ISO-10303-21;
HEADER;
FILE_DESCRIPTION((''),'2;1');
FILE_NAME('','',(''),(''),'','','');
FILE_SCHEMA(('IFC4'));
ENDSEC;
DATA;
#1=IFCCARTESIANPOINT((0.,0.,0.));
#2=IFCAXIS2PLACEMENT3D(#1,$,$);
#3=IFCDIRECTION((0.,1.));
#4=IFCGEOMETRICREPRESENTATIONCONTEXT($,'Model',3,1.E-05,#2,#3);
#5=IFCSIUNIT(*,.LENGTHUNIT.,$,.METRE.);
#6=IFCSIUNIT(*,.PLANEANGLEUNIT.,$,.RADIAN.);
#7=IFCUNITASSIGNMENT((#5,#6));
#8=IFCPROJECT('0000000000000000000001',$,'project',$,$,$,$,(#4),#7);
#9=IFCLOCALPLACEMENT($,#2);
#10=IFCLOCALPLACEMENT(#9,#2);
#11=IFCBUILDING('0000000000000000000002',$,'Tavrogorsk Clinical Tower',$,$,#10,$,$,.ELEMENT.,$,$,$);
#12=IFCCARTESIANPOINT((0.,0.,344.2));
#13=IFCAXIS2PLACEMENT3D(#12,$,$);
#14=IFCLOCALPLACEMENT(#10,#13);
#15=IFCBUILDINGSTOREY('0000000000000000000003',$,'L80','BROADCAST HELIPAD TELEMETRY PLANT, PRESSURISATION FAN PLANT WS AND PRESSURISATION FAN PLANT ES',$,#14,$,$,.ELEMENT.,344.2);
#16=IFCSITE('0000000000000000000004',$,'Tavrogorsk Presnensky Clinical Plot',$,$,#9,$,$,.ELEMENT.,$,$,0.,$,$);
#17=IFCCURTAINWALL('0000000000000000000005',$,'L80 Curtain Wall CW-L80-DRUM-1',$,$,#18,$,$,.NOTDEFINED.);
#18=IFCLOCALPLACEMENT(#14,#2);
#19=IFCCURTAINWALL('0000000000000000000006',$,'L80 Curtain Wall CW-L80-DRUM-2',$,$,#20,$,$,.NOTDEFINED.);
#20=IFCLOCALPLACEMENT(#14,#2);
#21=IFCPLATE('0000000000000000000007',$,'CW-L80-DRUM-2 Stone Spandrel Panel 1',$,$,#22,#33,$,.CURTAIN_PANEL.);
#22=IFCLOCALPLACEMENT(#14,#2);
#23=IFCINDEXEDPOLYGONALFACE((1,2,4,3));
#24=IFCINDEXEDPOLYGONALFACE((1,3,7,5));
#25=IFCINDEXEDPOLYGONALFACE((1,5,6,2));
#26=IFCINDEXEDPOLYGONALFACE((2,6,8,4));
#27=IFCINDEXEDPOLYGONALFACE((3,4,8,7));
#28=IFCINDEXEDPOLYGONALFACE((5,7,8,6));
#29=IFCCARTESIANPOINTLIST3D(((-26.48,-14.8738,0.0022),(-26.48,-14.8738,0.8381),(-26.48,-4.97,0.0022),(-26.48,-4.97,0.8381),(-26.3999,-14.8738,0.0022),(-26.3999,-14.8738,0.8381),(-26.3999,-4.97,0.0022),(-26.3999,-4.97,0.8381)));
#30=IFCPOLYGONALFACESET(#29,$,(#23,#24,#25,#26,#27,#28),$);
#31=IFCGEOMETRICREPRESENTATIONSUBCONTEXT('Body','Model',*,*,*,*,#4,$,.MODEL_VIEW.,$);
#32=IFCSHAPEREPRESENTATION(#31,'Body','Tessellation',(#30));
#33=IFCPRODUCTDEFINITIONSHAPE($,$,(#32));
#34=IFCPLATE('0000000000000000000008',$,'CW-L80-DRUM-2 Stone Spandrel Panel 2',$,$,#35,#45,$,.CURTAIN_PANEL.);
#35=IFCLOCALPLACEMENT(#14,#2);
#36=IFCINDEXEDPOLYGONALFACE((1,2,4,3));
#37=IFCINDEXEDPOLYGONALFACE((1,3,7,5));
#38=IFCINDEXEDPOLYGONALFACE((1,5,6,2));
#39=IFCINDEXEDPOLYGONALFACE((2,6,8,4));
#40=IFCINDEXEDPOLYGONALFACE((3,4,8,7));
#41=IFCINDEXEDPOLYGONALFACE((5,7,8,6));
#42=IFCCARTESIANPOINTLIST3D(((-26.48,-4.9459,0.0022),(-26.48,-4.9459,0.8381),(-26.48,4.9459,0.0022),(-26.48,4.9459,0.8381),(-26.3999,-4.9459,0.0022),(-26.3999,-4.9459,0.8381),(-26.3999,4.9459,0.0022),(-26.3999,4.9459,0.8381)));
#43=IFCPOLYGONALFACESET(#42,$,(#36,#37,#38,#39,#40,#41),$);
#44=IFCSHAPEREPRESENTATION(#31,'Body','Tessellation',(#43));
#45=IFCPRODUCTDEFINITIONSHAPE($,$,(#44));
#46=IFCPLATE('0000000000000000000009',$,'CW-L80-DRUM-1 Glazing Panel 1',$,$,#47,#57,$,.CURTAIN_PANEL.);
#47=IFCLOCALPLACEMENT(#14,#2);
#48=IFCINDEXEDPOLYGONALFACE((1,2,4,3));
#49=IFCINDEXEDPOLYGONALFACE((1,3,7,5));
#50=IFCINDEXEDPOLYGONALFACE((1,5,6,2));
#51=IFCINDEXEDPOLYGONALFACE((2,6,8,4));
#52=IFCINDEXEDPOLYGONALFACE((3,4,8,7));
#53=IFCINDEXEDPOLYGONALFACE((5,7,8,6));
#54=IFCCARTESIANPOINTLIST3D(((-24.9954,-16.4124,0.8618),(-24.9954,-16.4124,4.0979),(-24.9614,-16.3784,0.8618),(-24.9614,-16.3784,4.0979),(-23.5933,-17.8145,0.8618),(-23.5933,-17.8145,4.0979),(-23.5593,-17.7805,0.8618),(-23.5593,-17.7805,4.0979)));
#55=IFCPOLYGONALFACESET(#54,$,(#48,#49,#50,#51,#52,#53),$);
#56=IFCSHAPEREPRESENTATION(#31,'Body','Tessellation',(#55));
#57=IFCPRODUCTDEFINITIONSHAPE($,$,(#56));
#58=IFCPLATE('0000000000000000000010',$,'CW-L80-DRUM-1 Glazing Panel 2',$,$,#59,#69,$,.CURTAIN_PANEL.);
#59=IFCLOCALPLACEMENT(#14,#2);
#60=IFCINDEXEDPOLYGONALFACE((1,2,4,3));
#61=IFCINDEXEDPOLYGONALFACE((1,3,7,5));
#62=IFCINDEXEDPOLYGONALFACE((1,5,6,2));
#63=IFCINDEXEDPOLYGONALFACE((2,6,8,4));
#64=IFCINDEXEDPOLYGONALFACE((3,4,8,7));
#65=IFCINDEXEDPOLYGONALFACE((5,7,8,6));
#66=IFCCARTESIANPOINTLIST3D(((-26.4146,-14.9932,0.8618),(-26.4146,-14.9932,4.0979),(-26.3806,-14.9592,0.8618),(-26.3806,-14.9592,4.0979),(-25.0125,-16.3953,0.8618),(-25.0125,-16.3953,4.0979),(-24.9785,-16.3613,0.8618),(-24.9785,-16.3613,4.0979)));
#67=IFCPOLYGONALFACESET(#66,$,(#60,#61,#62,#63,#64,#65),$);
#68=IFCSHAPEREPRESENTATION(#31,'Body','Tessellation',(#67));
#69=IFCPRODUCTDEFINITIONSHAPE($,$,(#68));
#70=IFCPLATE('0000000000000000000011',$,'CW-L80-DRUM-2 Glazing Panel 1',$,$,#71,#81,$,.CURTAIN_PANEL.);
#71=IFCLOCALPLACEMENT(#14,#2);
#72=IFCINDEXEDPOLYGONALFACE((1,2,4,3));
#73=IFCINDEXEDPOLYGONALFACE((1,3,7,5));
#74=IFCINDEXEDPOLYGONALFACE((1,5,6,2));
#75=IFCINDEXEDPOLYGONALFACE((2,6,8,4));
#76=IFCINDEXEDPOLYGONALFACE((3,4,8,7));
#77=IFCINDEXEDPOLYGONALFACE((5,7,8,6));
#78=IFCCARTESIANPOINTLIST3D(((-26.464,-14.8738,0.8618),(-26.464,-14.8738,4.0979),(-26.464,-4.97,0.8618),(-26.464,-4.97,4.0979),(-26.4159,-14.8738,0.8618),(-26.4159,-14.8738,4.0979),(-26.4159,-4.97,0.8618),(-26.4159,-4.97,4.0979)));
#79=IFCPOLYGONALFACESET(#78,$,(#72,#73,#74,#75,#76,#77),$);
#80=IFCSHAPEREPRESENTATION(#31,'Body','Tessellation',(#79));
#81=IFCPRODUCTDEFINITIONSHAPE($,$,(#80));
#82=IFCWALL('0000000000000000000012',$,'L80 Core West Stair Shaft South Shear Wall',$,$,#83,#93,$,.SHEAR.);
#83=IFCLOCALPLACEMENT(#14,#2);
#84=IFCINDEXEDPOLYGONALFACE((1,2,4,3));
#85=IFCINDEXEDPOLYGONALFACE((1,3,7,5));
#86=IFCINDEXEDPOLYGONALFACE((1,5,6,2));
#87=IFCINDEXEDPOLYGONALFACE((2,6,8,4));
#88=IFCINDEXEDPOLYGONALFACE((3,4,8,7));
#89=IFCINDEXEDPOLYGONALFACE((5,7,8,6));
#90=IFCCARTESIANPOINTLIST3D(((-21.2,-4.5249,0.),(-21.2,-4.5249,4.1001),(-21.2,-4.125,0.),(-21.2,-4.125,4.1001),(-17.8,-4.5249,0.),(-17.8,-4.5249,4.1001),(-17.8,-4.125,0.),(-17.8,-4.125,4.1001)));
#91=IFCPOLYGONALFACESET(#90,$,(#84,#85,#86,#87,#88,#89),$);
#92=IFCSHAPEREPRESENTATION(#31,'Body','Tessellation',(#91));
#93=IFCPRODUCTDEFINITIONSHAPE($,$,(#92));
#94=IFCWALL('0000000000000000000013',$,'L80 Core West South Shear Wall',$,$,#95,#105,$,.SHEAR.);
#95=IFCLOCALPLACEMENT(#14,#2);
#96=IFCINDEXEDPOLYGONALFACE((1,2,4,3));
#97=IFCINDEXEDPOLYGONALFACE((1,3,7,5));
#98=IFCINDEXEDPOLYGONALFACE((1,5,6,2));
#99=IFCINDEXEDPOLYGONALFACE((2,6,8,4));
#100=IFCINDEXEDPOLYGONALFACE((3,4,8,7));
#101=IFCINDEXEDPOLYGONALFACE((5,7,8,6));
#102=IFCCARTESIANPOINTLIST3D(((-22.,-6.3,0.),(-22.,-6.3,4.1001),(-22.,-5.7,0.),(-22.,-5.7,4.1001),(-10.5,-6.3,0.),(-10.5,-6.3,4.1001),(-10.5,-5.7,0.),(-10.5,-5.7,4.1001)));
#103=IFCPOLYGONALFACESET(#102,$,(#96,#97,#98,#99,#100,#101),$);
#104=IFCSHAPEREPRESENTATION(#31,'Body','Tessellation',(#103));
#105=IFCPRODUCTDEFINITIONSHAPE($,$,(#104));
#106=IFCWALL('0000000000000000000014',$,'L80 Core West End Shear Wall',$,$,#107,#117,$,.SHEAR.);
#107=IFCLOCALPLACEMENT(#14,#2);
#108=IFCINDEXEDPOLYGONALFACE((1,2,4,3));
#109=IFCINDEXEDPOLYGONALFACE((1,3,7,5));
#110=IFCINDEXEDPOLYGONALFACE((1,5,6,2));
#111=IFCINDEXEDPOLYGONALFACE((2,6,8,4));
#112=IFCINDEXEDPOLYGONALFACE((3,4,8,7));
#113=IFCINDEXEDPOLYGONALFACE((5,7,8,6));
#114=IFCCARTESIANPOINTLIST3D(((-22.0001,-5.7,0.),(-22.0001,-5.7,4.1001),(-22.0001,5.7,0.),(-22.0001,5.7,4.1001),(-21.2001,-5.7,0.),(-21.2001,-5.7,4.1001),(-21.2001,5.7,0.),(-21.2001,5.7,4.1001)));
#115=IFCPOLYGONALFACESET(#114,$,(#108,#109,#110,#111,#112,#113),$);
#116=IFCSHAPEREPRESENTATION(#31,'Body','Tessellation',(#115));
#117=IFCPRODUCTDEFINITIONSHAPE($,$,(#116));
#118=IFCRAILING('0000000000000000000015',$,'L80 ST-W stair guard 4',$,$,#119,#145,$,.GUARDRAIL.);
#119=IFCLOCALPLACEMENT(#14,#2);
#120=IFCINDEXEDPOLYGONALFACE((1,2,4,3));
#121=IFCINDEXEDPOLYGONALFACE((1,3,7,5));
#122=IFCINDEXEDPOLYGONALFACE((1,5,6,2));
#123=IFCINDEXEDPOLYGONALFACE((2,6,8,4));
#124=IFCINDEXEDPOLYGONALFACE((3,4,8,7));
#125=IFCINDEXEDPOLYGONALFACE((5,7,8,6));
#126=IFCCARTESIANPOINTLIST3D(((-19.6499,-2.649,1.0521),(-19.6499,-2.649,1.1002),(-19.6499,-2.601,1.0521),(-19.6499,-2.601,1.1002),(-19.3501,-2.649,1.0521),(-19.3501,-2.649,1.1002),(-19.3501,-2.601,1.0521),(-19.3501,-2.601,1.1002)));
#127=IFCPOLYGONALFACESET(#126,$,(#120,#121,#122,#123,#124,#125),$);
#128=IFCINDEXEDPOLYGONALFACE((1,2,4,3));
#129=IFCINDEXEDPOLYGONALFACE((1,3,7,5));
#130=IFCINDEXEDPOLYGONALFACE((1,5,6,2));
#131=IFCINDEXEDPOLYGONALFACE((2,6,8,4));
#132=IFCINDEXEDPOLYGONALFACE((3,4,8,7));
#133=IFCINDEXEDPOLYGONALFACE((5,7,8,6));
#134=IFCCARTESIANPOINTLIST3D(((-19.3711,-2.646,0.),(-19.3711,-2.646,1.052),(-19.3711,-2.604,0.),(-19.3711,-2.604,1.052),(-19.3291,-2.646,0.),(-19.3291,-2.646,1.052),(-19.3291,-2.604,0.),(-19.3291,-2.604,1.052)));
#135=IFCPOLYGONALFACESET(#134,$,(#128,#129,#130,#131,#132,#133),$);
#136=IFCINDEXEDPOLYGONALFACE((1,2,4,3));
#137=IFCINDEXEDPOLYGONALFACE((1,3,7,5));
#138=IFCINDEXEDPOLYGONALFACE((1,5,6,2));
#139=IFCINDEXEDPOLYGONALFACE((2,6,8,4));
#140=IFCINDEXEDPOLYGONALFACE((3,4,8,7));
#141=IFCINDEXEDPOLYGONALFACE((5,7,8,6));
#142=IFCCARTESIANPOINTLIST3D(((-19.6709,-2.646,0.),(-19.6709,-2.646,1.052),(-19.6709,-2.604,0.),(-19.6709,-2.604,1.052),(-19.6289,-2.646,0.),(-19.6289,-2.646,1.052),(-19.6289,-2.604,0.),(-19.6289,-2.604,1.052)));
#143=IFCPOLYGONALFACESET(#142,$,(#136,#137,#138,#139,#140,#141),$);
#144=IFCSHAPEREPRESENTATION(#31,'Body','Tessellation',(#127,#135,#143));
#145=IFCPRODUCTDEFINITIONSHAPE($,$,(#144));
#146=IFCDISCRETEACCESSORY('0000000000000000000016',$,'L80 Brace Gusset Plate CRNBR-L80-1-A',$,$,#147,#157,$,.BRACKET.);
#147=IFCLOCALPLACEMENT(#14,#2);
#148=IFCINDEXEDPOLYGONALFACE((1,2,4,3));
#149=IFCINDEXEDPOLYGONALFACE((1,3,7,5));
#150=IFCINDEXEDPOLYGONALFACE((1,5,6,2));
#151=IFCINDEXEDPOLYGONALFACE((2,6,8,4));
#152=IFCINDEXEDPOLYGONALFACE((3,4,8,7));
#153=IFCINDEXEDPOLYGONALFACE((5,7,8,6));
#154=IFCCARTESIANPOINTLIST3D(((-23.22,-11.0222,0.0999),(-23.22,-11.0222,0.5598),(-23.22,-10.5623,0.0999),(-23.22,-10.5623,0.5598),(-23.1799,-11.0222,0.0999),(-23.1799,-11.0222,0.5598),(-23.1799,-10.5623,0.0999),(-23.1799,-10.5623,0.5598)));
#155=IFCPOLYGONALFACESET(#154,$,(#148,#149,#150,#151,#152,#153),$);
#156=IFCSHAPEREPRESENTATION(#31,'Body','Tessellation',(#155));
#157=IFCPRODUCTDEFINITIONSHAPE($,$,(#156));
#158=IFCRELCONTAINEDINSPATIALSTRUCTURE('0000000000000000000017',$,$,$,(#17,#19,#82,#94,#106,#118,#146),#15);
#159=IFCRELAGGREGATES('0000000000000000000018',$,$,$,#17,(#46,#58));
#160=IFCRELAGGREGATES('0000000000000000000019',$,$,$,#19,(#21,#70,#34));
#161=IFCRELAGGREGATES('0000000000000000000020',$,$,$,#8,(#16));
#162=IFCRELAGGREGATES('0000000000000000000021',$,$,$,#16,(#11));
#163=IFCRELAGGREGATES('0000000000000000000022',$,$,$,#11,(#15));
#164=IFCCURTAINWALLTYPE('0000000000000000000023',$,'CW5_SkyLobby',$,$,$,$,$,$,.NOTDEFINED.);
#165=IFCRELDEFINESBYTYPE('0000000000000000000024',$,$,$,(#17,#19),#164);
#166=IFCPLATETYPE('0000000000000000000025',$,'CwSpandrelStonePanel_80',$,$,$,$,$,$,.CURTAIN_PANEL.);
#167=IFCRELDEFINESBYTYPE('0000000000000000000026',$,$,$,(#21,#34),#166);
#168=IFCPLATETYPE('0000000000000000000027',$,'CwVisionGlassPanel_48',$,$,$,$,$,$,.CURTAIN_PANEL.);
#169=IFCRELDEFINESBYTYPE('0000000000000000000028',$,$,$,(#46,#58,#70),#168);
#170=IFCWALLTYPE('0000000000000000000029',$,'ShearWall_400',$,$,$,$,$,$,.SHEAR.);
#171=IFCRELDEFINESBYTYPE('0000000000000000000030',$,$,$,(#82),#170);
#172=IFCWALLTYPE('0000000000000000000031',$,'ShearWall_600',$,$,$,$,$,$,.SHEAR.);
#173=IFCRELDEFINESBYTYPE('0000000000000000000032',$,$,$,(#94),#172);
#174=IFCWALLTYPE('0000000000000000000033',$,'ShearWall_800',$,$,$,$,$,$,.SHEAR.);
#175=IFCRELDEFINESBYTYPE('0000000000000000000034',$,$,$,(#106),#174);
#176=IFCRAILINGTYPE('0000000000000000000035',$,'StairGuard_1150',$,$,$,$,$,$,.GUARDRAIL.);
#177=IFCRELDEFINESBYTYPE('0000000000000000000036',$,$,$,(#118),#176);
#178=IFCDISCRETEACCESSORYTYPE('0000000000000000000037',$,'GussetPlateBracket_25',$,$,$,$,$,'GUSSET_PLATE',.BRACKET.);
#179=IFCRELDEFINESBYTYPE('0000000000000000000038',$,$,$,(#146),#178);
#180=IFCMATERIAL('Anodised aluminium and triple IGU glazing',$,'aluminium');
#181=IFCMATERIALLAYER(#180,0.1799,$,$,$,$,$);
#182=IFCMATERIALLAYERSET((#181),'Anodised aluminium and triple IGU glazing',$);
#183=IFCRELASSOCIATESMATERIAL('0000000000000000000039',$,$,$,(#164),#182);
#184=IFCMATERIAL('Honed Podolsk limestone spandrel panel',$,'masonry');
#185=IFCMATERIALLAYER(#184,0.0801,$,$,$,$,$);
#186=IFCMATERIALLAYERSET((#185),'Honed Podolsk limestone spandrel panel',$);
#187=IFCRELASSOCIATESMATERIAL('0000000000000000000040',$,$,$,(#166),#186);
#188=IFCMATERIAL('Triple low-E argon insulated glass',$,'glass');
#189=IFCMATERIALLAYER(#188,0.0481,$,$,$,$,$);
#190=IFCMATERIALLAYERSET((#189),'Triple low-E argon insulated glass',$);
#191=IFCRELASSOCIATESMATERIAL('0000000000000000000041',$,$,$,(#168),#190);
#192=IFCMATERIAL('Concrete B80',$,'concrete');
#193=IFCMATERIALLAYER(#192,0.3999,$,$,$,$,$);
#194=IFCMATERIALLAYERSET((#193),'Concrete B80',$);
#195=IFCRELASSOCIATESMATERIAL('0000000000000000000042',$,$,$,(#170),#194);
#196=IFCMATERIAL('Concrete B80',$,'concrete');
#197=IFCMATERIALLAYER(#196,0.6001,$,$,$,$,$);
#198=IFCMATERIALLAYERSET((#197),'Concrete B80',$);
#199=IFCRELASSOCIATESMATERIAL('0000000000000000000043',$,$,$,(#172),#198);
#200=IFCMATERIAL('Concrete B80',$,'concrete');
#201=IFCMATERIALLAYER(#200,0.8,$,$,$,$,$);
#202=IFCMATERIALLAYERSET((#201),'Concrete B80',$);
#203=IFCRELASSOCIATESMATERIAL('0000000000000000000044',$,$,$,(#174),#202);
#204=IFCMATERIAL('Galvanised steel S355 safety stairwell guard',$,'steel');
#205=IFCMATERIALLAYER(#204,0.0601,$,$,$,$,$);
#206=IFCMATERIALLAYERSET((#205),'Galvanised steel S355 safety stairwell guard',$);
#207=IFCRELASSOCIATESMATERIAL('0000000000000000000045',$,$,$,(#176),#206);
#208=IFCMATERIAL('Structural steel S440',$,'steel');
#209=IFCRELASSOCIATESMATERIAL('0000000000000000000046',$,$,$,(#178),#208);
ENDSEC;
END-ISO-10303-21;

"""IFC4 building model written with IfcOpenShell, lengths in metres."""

from ifc_helpers import new_model, si_unit, direction, frame, frame_2d, origin, origin_2d, place, context, subcontext, project, spatial, rectangle, extrude, material, layer, layer_set, type_object, element, aggregate, save


model = new_model("IFC4")

# Units and contexts
model_context = context("Model", 3, precision=1e-05, world=origin(), true_north=direction((0.0, 1.0)))
body_context = subcontext(model_context, "Body", "Model", "MODEL_VIEW")
ifc_project = project(units=[si_unit("LENGTHUNIT", "METRE"), si_unit("PLANEANGLEUNIT", "RADIAN")], contexts=[model_context])

# Site, building, storey
site_placement = place(None, origin())
site = spatial("IfcSite", under=ifc_project, at=site_placement, Name="Tavrogorsk Presnensky Clinical Plot", CompositionType="ELEMENT", RefElevation=0.0)
building_placement = place(site_placement, origin())
building = spatial("IfcBuilding", under=site, at=building_placement, Name="Tavrogorsk Clinical Tower", CompositionType="ELEMENT")
storey_placement = place(building_placement, frame((0.0, 0.0, 344.2)))
storey = spatial("IfcBuildingStorey", under=building, at=storey_placement, Name="L80", Description="BROADCAST HELIPAD TELEMETRY PLANT, PRESSURISATION FAN PLANT WS AND PRESSURISATION FAN PLANT ES", CompositionType="ELEMENT", Elevation=344.2)

# Curtain walls
ifc_material_1 = material(Name="Anodised aluminium and triple IGU glazing", Category="aluminium")
ifc_layer_1 = layer(ifc_material_1, 0.1799)
ifc_layer_set_1 = layer_set([ifc_layer_1], Name="Anodised aluminium and triple IGU glazing")
curtain_wall_type = type_object("IfcCurtainWallType", Name="CW5_SkyLobby", PredefinedType="NOTDEFINED", material=ifc_layer_set_1)
curtain_wall_1_placement = place(storey_placement, origin())
curtain_wall_1 = element("IfcCurtainWall", 1, at=curtain_wall_1_placement, inside=storey, type_object=curtain_wall_type, Name="L80 Curtain Wall CW-L80-DRUM-1", PredefinedType="NOTDEFINED")
curtain_wall_2_placement = place(storey_placement, origin())
curtain_wall_2 = element("IfcCurtainWall", 2, at=curtain_wall_2_placement, inside=storey, type_object=curtain_wall_type, Name="L80 Curtain Wall CW-L80-DRUM-2", PredefinedType="NOTDEFINED")

# Plates
ifc_material_2 = material(Name="Honed Podolsk limestone spandrel panel", Category="masonry")
ifc_layer_2 = layer(ifc_material_2, 0.0801)
ifc_layer_set_2 = layer_set([ifc_layer_2], Name="Honed Podolsk limestone spandrel panel")
plate_type_1 = type_object("IfcPlateType", Name="CwSpandrelStonePanel_80", PredefinedType="CURTAIN_PANEL", material=ifc_layer_set_2)
plate_1_placement = place(storey_placement, frame((-26.4399, -9.9219, 0.0022), z_axis=(0.0, 0.0, 1.0), x_axis=(0.0, 1.0, 0.0)))
plate_1 = element("IfcPlate", 3, at=plate_1_placement, type_object=plate_type_1, Name="CW-L80-DRUM-2 Stone Spandrel Panel 1", PredefinedType="CURTAIN_PANEL", context=body_context, shape_type="SweptSolid", body=[
    extrude(rectangle(XDim=9.9038, YDim=0.0801, at=origin_2d()), origin(), (0.0, 0.0, 1.0), 0.8359),
])
plate_2_placement = place(storey_placement, frame((-26.4399, 0.0, 0.0022), z_axis=(0.0, 0.0, 1.0), x_axis=(0.0, 1.0, 0.0)))
plate_2 = element("IfcPlate", 4, at=plate_2_placement, type_object=plate_type_1, Name="CW-L80-DRUM-2 Stone Spandrel Panel 2", PredefinedType="CURTAIN_PANEL", context=body_context, shape_type="SweptSolid", body=[
    extrude(rectangle(XDim=9.8918, YDim=0.0801, at=origin_2d()), origin(), (0.0, 0.0, 1.0), 0.8359),
])
ifc_material_3 = material(Name="Triple low-E argon insulated glass", Category="glass")
ifc_layer_3 = layer(ifc_material_3, 0.0481)
ifc_layer_set_3 = layer_set([ifc_layer_3], Name="Triple low-E argon insulated glass")
plate_type_2 = type_object("IfcPlateType", Name="CwVisionGlassPanel_48", PredefinedType="CURTAIN_PANEL", material=ifc_layer_set_3)
plate_3_placement = place(storey_placement, frame((-24.2773, -17.0964, 0.8618), z_axis=(0.0, 0.0, 1.0), x_axis=(-0.707107, 0.707107, 0.0)))
plate_3 = element("IfcPlate", 5, at=plate_3_placement, type_object=plate_type_2, Name="CW-L80-DRUM-1 Glazing Panel 1", PredefinedType="CURTAIN_PANEL", context=body_context, shape_type="SweptSolid", body=[
    extrude(rectangle(XDim=1.9829, YDim=0.0481, at=origin_2d()), origin(), (0.0, 0.0, 1.0), 3.2361),
])
plate_4_placement = place(storey_placement, frame((-25.6965, -15.6772, 0.8618), z_axis=(0.0, 0.0, 1.0), x_axis=(-0.707107, 0.707107, 0.0)))
plate_4 = element("IfcPlate", 6, at=plate_4_placement, type_object=plate_type_2, Name="CW-L80-DRUM-1 Glazing Panel 2", PredefinedType="CURTAIN_PANEL", context=body_context, shape_type="SweptSolid", body=[
    extrude(rectangle(XDim=1.9829, YDim=0.0481, at=origin_2d()), origin(), (0.0, 0.0, 1.0), 3.2361),
])
aggregate(curtain_wall_1, [plate_3, plate_4])
plate_5_placement = place(storey_placement, frame((-26.4399, -9.9219, 0.8618), z_axis=(0.0, 0.0, 1.0), x_axis=(0.0, 1.0, 0.0)))
plate_5 = element("IfcPlate", 7, at=plate_5_placement, type_object=plate_type_2, Name="CW-L80-DRUM-2 Glazing Panel 1", PredefinedType="CURTAIN_PANEL", context=body_context, shape_type="SweptSolid", body=[
    extrude(rectangle(XDim=9.9038, YDim=0.0481, at=origin_2d()), origin(), (0.0, 0.0, 1.0), 3.2361),
])
aggregate(curtain_wall_2, [plate_1, plate_5, plate_2])

# Walls
ifc_material_4 = material(Name="Concrete B80", Category="concrete")
ifc_layer_4 = layer(ifc_material_4, 0.3999)
ifc_layer_set_4 = layer_set([ifc_layer_4], Name="Concrete B80")
wall_type_1 = type_object("IfcWallType", Name="ShearWall_400", PredefinedType="SHEAR", material=ifc_layer_set_4)
wall_1_placement = place(storey_placement, frame((-21.2, -4.325, 0.0), z_axis=(0.0, 0.0, 1.0), x_axis=(1.0, 0.0, 0.0)))
element("IfcWall", 8, at=wall_1_placement, inside=storey, type_object=wall_type_1, Name="L80 Core West Stair Shaft South Shear Wall", PredefinedType="SHEAR", context=body_context, shape_type="SweptSolid", body=[
    extrude(rectangle(XDim=3.3999, YDim=0.3999, at=frame_2d((1.7, 0.0))), origin(), (0.0, 0.0, 1.0), 4.1001),
])
ifc_material_5 = material(Name="Concrete B80", Category="concrete")
ifc_layer_5 = layer(ifc_material_5, 0.6001)
ifc_layer_set_5 = layer_set([ifc_layer_5], Name="Concrete B80")
wall_type_2 = type_object("IfcWallType", Name="ShearWall_600", PredefinedType="SHEAR", material=ifc_layer_set_5)
wall_2_placement = place(storey_placement, frame((-22.0, -6.0, 0.0), z_axis=(0.0, 0.0, 1.0), x_axis=(1.0, 0.0, 0.0)))
element("IfcWall", 9, at=wall_2_placement, inside=storey, type_object=wall_type_2, Name="L80 Core West South Shear Wall", PredefinedType="SHEAR", context=body_context, shape_type="SweptSolid", body=[
    extrude(rectangle(XDim=11.5, YDim=0.6001, at=frame_2d((5.75, 0.0))), origin(), (0.0, 0.0, 1.0), 4.1001),
])
ifc_material_6 = material(Name="Concrete B80", Category="concrete")
ifc_layer_6 = layer(ifc_material_6, 0.8)
ifc_layer_set_6 = layer_set([ifc_layer_6], Name="Concrete B80")
wall_type_3 = type_object("IfcWallType", Name="ShearWall_800", PredefinedType="SHEAR", material=ifc_layer_set_6)
wall_3_placement = place(storey_placement, frame((-21.6001, -5.7, 0.0), z_axis=(0.0, 0.0, 1.0), x_axis=(0.0, 1.0, 0.0)))
element("IfcWall", 10, at=wall_3_placement, inside=storey, type_object=wall_type_3, Name="L80 Core West End Shear Wall", PredefinedType="SHEAR", context=body_context, shape_type="SweptSolid", body=[
    extrude(rectangle(XDim=11.3999, YDim=0.8, at=frame_2d((5.7, 0.0))), origin(), (0.0, 0.0, 1.0), 4.1001),
])

# Railing
ifc_material_7 = material(Name="Galvanised steel S355 safety stairwell guard", Category="steel")
ifc_layer_7 = layer(ifc_material_7, 0.0601)
ifc_layer_set_7 = layer_set([ifc_layer_7], Name="Galvanised steel S355 safety stairwell guard")
railing_type = type_object("IfcRailingType", Name="StairGuard_1150", PredefinedType="GUARDRAIL", material=ifc_layer_set_7)
railing_placement = place(storey_placement, frame((-19.3501, -2.625, 0.0)))
element("IfcRailing", 11, at=railing_placement, inside=storey, type_object=railing_type, Name="L80 ST-W stair guard 4", PredefinedType="GUARDRAIL", context=body_context, shape_type="SweptSolid", body=[
    extrude(rectangle(XDim=0.0481, YDim=0.0481, at=origin_2d()), frame((0.0, 0.0, 1.0762), z_axis=(-1.0, 0.0, 0.0), x_axis=(0.0, -1.0, 0.0)), (0.0, 0.0, 1.0), 0.2998),
    extrude(rectangle(XDim=0.042, YDim=0.042, at=origin_2d()), origin(), (0.0, 0.0, 1.0), 1.052),
    extrude(rectangle(XDim=0.042, YDim=0.042, at=origin_2d()), frame((-0.2998, 0.0, 0.0)), (0.0, 0.0, 1.0), 1.052),
])

# Discrete accessory
ifc_material_8 = material(Name="Structural steel S440", Category="steel")
discrete_accessory_type = type_object("IfcDiscreteAccessoryType", Name="GussetPlateBracket_25", ElementType="GUSSET_PLATE", PredefinedType="BRACKET", material=ifc_material_8)
discrete_accessory_placement = place(storey_placement, frame((-23.2, -10.7922, 0.0999), z_axis=(0.0, 0.0, 1.0), x_axis=(0.0, 1.0, 0.0)))
element("IfcDiscreteAccessory", 12, at=discrete_accessory_placement, inside=storey, type_object=discrete_accessory_type, Name="L80 Brace Gusset Plate CRNBR-L80-1-A", PredefinedType="BRACKET", context=body_context, shape_type="SweptSolid", body=[
    extrude(rectangle(XDim=0.46, YDim=0.04, at=origin_2d()), origin(), (0.0, 0.0, 1.0), 0.46),
])

save(model, "model.ifc")
